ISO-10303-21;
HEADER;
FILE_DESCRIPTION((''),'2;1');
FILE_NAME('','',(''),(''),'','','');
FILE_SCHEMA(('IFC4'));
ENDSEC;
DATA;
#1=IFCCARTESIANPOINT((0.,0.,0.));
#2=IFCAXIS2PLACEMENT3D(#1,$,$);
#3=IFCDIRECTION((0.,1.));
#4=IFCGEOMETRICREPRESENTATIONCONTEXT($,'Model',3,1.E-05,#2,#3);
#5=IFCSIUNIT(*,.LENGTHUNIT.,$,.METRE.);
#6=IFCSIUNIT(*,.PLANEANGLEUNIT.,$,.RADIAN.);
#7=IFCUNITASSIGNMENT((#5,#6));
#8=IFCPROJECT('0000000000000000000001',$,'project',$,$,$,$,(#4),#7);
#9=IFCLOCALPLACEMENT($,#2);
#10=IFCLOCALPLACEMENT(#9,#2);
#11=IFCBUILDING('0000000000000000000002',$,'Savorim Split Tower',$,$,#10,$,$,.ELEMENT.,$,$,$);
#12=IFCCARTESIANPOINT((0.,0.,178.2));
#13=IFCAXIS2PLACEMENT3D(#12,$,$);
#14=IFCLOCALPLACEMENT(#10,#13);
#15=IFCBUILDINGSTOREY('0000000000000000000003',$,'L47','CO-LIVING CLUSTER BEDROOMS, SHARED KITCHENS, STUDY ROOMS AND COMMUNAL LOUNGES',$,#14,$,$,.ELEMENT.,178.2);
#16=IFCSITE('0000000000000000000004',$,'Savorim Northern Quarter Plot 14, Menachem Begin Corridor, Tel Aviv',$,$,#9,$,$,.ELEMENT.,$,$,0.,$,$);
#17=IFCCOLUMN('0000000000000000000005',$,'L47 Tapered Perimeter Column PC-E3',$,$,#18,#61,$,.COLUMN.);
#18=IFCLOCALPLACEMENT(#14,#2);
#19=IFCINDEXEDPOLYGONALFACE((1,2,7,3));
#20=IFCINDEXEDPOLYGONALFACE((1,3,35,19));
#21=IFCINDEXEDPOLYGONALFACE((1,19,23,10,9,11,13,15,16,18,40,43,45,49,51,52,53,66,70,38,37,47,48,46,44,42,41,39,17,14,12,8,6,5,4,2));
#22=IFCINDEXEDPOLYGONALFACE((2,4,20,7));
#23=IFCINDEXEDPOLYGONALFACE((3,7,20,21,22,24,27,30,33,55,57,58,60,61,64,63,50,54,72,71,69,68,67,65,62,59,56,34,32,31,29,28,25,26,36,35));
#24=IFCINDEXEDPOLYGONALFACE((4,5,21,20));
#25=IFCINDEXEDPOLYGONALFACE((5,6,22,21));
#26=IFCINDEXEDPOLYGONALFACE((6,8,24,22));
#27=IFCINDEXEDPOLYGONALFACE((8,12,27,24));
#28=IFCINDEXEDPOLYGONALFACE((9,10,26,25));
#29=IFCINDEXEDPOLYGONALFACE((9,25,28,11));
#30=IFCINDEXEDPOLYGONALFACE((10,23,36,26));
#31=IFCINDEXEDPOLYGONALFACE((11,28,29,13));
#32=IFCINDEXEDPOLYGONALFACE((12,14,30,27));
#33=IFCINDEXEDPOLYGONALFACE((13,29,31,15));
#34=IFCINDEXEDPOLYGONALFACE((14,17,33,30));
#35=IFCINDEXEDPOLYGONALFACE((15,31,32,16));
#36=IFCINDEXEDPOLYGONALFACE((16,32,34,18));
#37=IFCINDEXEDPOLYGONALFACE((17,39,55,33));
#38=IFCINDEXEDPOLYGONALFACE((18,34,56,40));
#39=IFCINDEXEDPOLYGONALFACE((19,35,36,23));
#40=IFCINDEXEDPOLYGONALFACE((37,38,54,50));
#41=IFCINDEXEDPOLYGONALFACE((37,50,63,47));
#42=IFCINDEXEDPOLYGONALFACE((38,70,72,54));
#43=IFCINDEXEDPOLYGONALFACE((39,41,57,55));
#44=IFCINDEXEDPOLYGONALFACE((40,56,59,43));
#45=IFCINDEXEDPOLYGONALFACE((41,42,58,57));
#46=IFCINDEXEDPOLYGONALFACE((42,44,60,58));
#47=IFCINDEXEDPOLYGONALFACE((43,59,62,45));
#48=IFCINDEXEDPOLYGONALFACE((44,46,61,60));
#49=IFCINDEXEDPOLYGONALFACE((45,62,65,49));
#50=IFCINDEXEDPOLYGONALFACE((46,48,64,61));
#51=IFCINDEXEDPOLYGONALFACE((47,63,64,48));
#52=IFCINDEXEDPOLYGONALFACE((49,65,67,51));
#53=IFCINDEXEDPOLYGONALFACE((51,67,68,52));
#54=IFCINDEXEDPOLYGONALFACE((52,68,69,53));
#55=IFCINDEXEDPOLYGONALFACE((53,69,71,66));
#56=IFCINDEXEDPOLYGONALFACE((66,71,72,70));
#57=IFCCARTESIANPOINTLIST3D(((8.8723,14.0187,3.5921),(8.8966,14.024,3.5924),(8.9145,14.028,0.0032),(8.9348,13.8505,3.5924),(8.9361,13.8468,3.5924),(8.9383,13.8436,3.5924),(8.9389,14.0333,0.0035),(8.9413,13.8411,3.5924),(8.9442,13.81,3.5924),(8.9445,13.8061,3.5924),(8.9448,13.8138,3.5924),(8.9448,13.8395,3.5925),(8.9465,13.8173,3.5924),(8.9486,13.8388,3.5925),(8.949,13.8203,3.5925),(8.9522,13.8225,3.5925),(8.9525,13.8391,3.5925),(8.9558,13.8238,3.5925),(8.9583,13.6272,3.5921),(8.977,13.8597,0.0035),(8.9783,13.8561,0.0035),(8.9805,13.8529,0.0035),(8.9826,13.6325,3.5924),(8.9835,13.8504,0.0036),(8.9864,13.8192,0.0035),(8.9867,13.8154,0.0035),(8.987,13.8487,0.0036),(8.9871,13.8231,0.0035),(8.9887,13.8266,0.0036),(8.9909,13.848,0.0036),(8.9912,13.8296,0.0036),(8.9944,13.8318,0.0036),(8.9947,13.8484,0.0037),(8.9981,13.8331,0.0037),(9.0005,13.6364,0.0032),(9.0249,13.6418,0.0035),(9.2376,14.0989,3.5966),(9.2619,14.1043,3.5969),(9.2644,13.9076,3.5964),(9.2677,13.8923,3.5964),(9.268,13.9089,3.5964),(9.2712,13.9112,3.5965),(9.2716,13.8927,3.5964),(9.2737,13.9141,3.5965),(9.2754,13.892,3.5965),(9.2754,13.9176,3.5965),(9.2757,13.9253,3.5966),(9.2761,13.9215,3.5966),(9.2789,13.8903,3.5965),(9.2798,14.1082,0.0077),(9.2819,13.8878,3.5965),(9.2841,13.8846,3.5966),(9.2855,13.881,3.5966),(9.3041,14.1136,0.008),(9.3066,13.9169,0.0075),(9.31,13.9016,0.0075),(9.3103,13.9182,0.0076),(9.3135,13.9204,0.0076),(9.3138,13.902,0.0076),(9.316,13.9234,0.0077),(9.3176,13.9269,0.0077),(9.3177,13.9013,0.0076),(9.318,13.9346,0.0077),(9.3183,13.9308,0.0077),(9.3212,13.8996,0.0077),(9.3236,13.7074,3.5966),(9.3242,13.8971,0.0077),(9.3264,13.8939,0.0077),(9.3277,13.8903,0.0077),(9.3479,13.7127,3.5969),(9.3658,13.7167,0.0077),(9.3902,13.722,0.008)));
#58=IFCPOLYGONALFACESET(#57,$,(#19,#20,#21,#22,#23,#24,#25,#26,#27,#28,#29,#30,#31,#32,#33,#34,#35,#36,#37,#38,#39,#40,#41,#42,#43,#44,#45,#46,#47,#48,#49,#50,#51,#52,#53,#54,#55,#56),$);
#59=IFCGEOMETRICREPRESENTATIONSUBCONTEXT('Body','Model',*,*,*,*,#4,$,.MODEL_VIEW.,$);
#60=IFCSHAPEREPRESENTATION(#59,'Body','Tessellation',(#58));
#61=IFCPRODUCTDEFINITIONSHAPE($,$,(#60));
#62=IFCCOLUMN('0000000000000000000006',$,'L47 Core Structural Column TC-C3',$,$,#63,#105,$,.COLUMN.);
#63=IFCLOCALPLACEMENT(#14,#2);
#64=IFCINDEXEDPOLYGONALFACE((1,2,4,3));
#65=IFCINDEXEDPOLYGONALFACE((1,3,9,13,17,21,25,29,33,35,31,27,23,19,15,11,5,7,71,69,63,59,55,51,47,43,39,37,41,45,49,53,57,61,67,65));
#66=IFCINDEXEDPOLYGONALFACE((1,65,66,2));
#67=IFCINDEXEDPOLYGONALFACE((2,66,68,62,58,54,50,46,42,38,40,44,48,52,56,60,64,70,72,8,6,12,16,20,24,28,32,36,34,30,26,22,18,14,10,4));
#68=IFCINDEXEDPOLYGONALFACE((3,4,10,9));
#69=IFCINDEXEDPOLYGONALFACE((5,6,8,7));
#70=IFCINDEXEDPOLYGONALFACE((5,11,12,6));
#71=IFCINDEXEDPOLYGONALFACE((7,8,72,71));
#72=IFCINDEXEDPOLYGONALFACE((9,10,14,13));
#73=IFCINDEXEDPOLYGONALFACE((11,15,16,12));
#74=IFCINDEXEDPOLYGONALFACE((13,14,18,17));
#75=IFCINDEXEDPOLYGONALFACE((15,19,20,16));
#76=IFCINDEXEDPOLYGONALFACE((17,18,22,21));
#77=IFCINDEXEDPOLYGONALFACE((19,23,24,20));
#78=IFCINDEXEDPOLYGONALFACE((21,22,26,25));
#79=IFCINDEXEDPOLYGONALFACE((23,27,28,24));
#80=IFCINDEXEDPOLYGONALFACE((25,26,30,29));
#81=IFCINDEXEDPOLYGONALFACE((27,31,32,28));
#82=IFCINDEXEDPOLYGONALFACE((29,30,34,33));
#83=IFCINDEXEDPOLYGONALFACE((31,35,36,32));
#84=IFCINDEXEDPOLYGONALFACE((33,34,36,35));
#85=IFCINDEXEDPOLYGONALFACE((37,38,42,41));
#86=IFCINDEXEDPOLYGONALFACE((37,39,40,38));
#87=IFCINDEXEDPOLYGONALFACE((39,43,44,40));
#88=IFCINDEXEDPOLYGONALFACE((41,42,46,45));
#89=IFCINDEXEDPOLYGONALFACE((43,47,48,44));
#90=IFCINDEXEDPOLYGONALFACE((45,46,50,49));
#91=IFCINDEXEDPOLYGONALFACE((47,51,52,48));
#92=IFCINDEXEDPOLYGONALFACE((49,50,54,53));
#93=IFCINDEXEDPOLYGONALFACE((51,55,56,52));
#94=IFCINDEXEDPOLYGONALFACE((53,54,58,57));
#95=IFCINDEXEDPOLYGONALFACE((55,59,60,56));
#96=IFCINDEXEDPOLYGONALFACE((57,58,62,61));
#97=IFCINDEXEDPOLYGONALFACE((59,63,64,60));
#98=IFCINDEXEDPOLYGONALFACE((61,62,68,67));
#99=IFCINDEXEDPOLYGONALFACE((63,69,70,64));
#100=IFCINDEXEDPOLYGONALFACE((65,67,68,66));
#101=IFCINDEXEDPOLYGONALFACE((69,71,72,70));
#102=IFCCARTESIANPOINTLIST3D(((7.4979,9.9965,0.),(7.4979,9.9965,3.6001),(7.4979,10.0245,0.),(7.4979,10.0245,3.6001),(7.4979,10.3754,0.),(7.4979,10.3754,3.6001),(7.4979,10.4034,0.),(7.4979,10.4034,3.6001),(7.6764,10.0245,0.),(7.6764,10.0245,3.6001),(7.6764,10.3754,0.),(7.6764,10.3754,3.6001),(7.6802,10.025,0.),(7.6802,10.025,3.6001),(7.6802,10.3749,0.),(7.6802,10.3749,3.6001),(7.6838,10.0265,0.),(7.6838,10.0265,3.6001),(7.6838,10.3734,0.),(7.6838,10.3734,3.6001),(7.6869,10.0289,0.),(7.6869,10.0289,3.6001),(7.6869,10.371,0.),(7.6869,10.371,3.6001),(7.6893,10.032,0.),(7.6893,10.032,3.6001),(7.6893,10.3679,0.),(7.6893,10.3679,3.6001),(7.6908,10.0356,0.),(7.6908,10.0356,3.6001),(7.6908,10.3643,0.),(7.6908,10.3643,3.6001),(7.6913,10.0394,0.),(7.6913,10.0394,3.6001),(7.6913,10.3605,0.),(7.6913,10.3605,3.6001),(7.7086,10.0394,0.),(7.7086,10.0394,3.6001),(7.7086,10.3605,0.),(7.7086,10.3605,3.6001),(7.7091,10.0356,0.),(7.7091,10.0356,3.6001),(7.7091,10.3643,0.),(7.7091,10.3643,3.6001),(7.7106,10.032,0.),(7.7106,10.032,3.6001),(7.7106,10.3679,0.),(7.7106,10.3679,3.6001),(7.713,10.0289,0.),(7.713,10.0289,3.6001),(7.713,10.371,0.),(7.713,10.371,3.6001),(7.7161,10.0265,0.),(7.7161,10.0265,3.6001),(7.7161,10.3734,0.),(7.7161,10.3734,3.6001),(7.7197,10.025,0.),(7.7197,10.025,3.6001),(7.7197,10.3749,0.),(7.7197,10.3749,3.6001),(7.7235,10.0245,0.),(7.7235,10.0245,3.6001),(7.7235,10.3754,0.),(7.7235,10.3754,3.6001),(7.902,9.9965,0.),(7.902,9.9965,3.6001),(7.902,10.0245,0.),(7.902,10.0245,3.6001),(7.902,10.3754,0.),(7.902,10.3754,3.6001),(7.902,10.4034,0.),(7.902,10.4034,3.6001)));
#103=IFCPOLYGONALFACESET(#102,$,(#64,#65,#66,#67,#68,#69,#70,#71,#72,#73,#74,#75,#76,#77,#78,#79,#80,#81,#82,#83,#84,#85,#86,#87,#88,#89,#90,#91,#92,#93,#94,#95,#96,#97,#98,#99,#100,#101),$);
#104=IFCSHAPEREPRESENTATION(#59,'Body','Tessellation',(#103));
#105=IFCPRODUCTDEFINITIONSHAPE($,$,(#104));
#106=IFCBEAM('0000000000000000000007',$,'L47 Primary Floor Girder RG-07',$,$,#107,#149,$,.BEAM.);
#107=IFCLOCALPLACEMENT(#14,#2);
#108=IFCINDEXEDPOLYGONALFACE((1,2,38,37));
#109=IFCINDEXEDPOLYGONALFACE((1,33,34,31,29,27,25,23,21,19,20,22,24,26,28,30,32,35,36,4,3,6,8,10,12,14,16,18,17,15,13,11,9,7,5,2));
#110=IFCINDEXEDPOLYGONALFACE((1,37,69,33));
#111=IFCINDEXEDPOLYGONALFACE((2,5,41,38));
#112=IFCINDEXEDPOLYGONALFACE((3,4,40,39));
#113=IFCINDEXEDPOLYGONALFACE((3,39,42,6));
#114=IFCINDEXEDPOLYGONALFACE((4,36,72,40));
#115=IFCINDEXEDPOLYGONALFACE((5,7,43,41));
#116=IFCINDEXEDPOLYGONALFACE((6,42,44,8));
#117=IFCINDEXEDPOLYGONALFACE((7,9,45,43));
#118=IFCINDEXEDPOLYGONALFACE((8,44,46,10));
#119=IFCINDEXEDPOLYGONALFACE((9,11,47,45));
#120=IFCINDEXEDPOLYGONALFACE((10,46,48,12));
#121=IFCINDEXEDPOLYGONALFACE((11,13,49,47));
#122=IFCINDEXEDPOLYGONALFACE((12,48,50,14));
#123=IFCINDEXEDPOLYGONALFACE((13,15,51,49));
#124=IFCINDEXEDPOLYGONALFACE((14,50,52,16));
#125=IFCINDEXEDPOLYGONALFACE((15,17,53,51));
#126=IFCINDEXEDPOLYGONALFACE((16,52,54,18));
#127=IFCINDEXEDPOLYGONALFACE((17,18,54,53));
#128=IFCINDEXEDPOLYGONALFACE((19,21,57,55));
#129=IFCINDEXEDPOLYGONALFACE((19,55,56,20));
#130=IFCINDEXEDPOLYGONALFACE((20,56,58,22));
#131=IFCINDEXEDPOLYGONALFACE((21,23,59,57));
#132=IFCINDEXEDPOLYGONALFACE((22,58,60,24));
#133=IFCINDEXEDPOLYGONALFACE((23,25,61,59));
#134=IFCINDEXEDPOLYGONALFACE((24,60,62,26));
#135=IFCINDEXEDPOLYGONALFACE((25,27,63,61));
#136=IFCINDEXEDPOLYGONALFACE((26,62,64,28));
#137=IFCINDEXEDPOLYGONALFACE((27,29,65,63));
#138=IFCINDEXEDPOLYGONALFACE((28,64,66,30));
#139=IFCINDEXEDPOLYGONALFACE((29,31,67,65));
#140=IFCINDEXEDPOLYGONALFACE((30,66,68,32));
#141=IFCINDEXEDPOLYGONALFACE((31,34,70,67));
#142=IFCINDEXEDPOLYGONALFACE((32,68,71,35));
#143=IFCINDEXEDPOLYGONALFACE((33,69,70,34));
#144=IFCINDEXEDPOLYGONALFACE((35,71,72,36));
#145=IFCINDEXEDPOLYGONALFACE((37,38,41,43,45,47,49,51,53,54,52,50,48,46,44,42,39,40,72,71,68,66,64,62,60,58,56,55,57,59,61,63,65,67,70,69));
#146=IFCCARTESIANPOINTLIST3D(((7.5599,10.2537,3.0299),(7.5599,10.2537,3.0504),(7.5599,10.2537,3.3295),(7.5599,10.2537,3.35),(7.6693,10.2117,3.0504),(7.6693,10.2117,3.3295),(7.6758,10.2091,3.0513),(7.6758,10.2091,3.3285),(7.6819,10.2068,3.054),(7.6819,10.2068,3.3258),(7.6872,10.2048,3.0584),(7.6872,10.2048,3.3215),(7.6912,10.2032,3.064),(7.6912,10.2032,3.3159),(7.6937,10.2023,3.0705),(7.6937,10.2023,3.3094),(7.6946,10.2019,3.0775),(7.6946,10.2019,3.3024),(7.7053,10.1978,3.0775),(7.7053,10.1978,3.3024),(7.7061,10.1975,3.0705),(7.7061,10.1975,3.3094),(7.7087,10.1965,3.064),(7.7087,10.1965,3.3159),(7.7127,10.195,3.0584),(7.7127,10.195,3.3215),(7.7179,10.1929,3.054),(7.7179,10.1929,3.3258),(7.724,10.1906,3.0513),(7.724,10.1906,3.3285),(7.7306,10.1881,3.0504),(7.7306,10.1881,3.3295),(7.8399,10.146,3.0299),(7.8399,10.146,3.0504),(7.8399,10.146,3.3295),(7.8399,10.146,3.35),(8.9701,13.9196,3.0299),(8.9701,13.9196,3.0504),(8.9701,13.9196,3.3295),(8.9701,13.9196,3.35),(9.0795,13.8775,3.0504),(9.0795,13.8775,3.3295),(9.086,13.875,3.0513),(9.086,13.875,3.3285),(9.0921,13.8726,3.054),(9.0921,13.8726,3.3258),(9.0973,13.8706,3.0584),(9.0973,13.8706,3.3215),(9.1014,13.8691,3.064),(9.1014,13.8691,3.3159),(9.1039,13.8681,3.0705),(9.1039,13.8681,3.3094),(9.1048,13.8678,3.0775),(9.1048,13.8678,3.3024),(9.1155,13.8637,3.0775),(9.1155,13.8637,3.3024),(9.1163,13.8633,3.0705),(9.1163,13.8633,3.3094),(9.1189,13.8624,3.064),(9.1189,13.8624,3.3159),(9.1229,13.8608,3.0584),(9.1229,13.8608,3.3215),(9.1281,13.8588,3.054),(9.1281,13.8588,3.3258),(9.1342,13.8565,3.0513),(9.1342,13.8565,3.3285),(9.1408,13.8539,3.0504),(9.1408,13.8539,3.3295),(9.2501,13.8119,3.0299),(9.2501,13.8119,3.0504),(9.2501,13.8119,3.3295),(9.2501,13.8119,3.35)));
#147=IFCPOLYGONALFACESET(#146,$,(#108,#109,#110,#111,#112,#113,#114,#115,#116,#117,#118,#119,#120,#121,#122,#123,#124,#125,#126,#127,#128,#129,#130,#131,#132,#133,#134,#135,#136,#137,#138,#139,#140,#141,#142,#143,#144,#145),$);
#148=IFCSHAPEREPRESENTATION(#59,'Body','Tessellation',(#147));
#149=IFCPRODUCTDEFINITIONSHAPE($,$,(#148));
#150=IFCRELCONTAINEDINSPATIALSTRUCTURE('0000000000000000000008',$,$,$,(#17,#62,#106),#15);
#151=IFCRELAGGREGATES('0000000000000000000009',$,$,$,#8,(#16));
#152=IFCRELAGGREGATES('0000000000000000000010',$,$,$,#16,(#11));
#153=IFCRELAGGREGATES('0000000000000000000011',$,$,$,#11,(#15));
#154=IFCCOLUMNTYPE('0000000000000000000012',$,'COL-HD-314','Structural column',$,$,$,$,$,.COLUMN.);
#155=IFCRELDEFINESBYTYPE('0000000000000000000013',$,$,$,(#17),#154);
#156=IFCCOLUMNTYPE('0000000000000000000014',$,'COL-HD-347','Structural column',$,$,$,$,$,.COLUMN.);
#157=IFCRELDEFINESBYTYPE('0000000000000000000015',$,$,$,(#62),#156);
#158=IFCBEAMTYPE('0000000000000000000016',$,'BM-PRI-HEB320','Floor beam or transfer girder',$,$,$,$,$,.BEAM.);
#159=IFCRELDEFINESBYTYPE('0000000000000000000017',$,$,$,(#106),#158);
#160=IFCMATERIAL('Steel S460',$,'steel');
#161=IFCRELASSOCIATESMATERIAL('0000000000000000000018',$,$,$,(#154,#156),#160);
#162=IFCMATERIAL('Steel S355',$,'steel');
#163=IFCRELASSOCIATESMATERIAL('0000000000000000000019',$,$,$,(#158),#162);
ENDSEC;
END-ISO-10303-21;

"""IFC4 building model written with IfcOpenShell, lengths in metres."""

from ifc_helpers import new_model, si_unit, direction, frame, origin, origin_2d, place, context, subcontext, project, spatial, i_section, extrude, material, material_profile, profile_set, type_object, element, save


model = new_model("IFC4")

# Units and contexts
model_context = context("Model", 3, precision=1e-05, world=origin(), true_north=direction((0.0, 1.0)))
body_context = subcontext(model_context, "Body", "Model", "MODEL_VIEW")
ifc_project = project(units=[si_unit("LENGTHUNIT", "METRE"), si_unit("PLANEANGLEUNIT", "RADIAN")], contexts=[model_context])

# Site, building, storey
site_placement = place(None, origin())
site = spatial("IfcSite", under=ifc_project, at=site_placement, Name="Savorim Northern Quarter Plot 14, Menachem Begin Corridor, Tel Aviv", CompositionType="ELEMENT", RefElevation=0.0)
building_placement = place(site_placement, origin())
building = spatial("IfcBuilding", under=site, at=building_placement, Name="Savorim Split Tower", CompositionType="ELEMENT")
storey_placement = place(building_placement, frame((0.0, 0.0, 178.2)))
storey = spatial("IfcBuildingStorey", under=building, at=storey_placement, Name="L47", Description="CO-LIVING CLUSTER BEDROOMS, SHARED KITCHENS, STUDY ROOMS AND COMMUNAL LOUNGES", CompositionType="ELEMENT", Elevation=178.2)

# Columns
ifc_material_1 = material(Name="Steel S460", Category="steel")
ifc_material_profile_1 = material_profile(ifc_material_1, i_section(OverallWidth=0.4009, OverallDepth=0.3989, WebThickness=0.0156, FlangeThickness=0.0249, FilletRadius=0.0149, at=origin_2d()), Name="HD 400x314")
ifc_profile_set_1 = profile_set([ifc_material_profile_1], Name="Steel S460")
column_type_1 = type_object("IfcColumnType", Name="COL-HD-314", Description="Structural column", PredefinedType="COLUMN", material=ifc_profile_set_1)
column_1_placement = place(storey_placement, frame((9.1523, 13.875, 0.0056), z_axis=(-0.011768, -0.002585, 0.999927), x_axis=(0.214539, -0.976715, 0.0)))
element("IfcColumn", 1, at=column_1_placement, inside=storey, type_object=column_type_1, Name="L47 Tapered Perimeter Column PC-E3", PredefinedType="COLUMN", context=body_context, shape_type="SweptSolid", body=[
    extrude(i_section(OverallWidth=0.4009, OverallDepth=0.3989, WebThickness=0.0156, FlangeThickness=0.0249, FilletRadius=0.0149, at=origin_2d()), origin(), (0.0, 0.0, 1.0), 3.5891),
])
ifc_material_profile_2 = material_profile(ifc_material_1, i_section(OverallWidth=0.4041, OverallDepth=0.407, WebThickness=0.0173, FlangeThickness=0.0281, FilletRadius=0.0149, at=origin_2d()), Name="HD 400x347")
ifc_profile_set_2 = profile_set([ifc_material_profile_2], Name="Steel S460")
column_type_2 = type_object("IfcColumnType", Name="COL-HD-347", Description="Structural column", PredefinedType="COLUMN", material=ifc_profile_set_2)
column_2_placement = place(storey_placement, frame((7.7, 10.2, 0.0), z_axis=(0.0, 0.0, 1.0), x_axis=(1.0, 0.0, 0.0)))
element("IfcColumn", 2, at=column_2_placement, inside=storey, type_object=column_type_2, Name="L47 Core Structural Column TC-C3", PredefinedType="COLUMN", context=body_context, shape_type="SweptSolid", body=[
    extrude(i_section(OverallWidth=0.4041, OverallDepth=0.407, WebThickness=0.0173, FlangeThickness=0.0281, FilletRadius=0.0149, at=origin_2d()), origin(), (0.0, 0.0, 1.0), 3.6001),
])

# Beam
ifc_material_2 = material(Name="Steel S355", Category="steel")
ifc_material_profile_3 = material_profile(ifc_material_2, i_section(OverallWidth=0.3, OverallDepth=0.3201, WebThickness=0.0115, FlangeThickness=0.0205, FilletRadius=0.0271, at=origin_2d()), Name="HEB 320")
ifc_profile_set_3 = profile_set([ifc_material_profile_3], Name="Steel S355")
beam_type_1 = type_object("IfcBeamType", Name="BM-PRI-HEB320", Description="Floor beam or transfer girder", PredefinedType="BEAM", material=ifc_profile_set_3)
beam_1_placement = place(storey_placement, frame((9.1101, 13.8657, 3.1899), z_axis=(-0.359033, -0.933325, 0.0), x_axis=(0.933325, -0.359033, 0.0)))
element("IfcBeam", 3, at=beam_1_placement, inside=storey, type_object=beam_type_1, Name="L47 Primary Floor Girder RG-07", PredefinedType="BEAM", context=body_context, shape_type="SweptSolid", body=[
    extrude(i_section(OverallWidth=0.3, OverallDepth=0.3201, WebThickness=0.0115, FlangeThickness=0.0205, FilletRadius=0.0271, at=origin_2d()), origin(), (0.0, 0.0, 1.0), 3.9277),
])

save(model, "model.ifc")
